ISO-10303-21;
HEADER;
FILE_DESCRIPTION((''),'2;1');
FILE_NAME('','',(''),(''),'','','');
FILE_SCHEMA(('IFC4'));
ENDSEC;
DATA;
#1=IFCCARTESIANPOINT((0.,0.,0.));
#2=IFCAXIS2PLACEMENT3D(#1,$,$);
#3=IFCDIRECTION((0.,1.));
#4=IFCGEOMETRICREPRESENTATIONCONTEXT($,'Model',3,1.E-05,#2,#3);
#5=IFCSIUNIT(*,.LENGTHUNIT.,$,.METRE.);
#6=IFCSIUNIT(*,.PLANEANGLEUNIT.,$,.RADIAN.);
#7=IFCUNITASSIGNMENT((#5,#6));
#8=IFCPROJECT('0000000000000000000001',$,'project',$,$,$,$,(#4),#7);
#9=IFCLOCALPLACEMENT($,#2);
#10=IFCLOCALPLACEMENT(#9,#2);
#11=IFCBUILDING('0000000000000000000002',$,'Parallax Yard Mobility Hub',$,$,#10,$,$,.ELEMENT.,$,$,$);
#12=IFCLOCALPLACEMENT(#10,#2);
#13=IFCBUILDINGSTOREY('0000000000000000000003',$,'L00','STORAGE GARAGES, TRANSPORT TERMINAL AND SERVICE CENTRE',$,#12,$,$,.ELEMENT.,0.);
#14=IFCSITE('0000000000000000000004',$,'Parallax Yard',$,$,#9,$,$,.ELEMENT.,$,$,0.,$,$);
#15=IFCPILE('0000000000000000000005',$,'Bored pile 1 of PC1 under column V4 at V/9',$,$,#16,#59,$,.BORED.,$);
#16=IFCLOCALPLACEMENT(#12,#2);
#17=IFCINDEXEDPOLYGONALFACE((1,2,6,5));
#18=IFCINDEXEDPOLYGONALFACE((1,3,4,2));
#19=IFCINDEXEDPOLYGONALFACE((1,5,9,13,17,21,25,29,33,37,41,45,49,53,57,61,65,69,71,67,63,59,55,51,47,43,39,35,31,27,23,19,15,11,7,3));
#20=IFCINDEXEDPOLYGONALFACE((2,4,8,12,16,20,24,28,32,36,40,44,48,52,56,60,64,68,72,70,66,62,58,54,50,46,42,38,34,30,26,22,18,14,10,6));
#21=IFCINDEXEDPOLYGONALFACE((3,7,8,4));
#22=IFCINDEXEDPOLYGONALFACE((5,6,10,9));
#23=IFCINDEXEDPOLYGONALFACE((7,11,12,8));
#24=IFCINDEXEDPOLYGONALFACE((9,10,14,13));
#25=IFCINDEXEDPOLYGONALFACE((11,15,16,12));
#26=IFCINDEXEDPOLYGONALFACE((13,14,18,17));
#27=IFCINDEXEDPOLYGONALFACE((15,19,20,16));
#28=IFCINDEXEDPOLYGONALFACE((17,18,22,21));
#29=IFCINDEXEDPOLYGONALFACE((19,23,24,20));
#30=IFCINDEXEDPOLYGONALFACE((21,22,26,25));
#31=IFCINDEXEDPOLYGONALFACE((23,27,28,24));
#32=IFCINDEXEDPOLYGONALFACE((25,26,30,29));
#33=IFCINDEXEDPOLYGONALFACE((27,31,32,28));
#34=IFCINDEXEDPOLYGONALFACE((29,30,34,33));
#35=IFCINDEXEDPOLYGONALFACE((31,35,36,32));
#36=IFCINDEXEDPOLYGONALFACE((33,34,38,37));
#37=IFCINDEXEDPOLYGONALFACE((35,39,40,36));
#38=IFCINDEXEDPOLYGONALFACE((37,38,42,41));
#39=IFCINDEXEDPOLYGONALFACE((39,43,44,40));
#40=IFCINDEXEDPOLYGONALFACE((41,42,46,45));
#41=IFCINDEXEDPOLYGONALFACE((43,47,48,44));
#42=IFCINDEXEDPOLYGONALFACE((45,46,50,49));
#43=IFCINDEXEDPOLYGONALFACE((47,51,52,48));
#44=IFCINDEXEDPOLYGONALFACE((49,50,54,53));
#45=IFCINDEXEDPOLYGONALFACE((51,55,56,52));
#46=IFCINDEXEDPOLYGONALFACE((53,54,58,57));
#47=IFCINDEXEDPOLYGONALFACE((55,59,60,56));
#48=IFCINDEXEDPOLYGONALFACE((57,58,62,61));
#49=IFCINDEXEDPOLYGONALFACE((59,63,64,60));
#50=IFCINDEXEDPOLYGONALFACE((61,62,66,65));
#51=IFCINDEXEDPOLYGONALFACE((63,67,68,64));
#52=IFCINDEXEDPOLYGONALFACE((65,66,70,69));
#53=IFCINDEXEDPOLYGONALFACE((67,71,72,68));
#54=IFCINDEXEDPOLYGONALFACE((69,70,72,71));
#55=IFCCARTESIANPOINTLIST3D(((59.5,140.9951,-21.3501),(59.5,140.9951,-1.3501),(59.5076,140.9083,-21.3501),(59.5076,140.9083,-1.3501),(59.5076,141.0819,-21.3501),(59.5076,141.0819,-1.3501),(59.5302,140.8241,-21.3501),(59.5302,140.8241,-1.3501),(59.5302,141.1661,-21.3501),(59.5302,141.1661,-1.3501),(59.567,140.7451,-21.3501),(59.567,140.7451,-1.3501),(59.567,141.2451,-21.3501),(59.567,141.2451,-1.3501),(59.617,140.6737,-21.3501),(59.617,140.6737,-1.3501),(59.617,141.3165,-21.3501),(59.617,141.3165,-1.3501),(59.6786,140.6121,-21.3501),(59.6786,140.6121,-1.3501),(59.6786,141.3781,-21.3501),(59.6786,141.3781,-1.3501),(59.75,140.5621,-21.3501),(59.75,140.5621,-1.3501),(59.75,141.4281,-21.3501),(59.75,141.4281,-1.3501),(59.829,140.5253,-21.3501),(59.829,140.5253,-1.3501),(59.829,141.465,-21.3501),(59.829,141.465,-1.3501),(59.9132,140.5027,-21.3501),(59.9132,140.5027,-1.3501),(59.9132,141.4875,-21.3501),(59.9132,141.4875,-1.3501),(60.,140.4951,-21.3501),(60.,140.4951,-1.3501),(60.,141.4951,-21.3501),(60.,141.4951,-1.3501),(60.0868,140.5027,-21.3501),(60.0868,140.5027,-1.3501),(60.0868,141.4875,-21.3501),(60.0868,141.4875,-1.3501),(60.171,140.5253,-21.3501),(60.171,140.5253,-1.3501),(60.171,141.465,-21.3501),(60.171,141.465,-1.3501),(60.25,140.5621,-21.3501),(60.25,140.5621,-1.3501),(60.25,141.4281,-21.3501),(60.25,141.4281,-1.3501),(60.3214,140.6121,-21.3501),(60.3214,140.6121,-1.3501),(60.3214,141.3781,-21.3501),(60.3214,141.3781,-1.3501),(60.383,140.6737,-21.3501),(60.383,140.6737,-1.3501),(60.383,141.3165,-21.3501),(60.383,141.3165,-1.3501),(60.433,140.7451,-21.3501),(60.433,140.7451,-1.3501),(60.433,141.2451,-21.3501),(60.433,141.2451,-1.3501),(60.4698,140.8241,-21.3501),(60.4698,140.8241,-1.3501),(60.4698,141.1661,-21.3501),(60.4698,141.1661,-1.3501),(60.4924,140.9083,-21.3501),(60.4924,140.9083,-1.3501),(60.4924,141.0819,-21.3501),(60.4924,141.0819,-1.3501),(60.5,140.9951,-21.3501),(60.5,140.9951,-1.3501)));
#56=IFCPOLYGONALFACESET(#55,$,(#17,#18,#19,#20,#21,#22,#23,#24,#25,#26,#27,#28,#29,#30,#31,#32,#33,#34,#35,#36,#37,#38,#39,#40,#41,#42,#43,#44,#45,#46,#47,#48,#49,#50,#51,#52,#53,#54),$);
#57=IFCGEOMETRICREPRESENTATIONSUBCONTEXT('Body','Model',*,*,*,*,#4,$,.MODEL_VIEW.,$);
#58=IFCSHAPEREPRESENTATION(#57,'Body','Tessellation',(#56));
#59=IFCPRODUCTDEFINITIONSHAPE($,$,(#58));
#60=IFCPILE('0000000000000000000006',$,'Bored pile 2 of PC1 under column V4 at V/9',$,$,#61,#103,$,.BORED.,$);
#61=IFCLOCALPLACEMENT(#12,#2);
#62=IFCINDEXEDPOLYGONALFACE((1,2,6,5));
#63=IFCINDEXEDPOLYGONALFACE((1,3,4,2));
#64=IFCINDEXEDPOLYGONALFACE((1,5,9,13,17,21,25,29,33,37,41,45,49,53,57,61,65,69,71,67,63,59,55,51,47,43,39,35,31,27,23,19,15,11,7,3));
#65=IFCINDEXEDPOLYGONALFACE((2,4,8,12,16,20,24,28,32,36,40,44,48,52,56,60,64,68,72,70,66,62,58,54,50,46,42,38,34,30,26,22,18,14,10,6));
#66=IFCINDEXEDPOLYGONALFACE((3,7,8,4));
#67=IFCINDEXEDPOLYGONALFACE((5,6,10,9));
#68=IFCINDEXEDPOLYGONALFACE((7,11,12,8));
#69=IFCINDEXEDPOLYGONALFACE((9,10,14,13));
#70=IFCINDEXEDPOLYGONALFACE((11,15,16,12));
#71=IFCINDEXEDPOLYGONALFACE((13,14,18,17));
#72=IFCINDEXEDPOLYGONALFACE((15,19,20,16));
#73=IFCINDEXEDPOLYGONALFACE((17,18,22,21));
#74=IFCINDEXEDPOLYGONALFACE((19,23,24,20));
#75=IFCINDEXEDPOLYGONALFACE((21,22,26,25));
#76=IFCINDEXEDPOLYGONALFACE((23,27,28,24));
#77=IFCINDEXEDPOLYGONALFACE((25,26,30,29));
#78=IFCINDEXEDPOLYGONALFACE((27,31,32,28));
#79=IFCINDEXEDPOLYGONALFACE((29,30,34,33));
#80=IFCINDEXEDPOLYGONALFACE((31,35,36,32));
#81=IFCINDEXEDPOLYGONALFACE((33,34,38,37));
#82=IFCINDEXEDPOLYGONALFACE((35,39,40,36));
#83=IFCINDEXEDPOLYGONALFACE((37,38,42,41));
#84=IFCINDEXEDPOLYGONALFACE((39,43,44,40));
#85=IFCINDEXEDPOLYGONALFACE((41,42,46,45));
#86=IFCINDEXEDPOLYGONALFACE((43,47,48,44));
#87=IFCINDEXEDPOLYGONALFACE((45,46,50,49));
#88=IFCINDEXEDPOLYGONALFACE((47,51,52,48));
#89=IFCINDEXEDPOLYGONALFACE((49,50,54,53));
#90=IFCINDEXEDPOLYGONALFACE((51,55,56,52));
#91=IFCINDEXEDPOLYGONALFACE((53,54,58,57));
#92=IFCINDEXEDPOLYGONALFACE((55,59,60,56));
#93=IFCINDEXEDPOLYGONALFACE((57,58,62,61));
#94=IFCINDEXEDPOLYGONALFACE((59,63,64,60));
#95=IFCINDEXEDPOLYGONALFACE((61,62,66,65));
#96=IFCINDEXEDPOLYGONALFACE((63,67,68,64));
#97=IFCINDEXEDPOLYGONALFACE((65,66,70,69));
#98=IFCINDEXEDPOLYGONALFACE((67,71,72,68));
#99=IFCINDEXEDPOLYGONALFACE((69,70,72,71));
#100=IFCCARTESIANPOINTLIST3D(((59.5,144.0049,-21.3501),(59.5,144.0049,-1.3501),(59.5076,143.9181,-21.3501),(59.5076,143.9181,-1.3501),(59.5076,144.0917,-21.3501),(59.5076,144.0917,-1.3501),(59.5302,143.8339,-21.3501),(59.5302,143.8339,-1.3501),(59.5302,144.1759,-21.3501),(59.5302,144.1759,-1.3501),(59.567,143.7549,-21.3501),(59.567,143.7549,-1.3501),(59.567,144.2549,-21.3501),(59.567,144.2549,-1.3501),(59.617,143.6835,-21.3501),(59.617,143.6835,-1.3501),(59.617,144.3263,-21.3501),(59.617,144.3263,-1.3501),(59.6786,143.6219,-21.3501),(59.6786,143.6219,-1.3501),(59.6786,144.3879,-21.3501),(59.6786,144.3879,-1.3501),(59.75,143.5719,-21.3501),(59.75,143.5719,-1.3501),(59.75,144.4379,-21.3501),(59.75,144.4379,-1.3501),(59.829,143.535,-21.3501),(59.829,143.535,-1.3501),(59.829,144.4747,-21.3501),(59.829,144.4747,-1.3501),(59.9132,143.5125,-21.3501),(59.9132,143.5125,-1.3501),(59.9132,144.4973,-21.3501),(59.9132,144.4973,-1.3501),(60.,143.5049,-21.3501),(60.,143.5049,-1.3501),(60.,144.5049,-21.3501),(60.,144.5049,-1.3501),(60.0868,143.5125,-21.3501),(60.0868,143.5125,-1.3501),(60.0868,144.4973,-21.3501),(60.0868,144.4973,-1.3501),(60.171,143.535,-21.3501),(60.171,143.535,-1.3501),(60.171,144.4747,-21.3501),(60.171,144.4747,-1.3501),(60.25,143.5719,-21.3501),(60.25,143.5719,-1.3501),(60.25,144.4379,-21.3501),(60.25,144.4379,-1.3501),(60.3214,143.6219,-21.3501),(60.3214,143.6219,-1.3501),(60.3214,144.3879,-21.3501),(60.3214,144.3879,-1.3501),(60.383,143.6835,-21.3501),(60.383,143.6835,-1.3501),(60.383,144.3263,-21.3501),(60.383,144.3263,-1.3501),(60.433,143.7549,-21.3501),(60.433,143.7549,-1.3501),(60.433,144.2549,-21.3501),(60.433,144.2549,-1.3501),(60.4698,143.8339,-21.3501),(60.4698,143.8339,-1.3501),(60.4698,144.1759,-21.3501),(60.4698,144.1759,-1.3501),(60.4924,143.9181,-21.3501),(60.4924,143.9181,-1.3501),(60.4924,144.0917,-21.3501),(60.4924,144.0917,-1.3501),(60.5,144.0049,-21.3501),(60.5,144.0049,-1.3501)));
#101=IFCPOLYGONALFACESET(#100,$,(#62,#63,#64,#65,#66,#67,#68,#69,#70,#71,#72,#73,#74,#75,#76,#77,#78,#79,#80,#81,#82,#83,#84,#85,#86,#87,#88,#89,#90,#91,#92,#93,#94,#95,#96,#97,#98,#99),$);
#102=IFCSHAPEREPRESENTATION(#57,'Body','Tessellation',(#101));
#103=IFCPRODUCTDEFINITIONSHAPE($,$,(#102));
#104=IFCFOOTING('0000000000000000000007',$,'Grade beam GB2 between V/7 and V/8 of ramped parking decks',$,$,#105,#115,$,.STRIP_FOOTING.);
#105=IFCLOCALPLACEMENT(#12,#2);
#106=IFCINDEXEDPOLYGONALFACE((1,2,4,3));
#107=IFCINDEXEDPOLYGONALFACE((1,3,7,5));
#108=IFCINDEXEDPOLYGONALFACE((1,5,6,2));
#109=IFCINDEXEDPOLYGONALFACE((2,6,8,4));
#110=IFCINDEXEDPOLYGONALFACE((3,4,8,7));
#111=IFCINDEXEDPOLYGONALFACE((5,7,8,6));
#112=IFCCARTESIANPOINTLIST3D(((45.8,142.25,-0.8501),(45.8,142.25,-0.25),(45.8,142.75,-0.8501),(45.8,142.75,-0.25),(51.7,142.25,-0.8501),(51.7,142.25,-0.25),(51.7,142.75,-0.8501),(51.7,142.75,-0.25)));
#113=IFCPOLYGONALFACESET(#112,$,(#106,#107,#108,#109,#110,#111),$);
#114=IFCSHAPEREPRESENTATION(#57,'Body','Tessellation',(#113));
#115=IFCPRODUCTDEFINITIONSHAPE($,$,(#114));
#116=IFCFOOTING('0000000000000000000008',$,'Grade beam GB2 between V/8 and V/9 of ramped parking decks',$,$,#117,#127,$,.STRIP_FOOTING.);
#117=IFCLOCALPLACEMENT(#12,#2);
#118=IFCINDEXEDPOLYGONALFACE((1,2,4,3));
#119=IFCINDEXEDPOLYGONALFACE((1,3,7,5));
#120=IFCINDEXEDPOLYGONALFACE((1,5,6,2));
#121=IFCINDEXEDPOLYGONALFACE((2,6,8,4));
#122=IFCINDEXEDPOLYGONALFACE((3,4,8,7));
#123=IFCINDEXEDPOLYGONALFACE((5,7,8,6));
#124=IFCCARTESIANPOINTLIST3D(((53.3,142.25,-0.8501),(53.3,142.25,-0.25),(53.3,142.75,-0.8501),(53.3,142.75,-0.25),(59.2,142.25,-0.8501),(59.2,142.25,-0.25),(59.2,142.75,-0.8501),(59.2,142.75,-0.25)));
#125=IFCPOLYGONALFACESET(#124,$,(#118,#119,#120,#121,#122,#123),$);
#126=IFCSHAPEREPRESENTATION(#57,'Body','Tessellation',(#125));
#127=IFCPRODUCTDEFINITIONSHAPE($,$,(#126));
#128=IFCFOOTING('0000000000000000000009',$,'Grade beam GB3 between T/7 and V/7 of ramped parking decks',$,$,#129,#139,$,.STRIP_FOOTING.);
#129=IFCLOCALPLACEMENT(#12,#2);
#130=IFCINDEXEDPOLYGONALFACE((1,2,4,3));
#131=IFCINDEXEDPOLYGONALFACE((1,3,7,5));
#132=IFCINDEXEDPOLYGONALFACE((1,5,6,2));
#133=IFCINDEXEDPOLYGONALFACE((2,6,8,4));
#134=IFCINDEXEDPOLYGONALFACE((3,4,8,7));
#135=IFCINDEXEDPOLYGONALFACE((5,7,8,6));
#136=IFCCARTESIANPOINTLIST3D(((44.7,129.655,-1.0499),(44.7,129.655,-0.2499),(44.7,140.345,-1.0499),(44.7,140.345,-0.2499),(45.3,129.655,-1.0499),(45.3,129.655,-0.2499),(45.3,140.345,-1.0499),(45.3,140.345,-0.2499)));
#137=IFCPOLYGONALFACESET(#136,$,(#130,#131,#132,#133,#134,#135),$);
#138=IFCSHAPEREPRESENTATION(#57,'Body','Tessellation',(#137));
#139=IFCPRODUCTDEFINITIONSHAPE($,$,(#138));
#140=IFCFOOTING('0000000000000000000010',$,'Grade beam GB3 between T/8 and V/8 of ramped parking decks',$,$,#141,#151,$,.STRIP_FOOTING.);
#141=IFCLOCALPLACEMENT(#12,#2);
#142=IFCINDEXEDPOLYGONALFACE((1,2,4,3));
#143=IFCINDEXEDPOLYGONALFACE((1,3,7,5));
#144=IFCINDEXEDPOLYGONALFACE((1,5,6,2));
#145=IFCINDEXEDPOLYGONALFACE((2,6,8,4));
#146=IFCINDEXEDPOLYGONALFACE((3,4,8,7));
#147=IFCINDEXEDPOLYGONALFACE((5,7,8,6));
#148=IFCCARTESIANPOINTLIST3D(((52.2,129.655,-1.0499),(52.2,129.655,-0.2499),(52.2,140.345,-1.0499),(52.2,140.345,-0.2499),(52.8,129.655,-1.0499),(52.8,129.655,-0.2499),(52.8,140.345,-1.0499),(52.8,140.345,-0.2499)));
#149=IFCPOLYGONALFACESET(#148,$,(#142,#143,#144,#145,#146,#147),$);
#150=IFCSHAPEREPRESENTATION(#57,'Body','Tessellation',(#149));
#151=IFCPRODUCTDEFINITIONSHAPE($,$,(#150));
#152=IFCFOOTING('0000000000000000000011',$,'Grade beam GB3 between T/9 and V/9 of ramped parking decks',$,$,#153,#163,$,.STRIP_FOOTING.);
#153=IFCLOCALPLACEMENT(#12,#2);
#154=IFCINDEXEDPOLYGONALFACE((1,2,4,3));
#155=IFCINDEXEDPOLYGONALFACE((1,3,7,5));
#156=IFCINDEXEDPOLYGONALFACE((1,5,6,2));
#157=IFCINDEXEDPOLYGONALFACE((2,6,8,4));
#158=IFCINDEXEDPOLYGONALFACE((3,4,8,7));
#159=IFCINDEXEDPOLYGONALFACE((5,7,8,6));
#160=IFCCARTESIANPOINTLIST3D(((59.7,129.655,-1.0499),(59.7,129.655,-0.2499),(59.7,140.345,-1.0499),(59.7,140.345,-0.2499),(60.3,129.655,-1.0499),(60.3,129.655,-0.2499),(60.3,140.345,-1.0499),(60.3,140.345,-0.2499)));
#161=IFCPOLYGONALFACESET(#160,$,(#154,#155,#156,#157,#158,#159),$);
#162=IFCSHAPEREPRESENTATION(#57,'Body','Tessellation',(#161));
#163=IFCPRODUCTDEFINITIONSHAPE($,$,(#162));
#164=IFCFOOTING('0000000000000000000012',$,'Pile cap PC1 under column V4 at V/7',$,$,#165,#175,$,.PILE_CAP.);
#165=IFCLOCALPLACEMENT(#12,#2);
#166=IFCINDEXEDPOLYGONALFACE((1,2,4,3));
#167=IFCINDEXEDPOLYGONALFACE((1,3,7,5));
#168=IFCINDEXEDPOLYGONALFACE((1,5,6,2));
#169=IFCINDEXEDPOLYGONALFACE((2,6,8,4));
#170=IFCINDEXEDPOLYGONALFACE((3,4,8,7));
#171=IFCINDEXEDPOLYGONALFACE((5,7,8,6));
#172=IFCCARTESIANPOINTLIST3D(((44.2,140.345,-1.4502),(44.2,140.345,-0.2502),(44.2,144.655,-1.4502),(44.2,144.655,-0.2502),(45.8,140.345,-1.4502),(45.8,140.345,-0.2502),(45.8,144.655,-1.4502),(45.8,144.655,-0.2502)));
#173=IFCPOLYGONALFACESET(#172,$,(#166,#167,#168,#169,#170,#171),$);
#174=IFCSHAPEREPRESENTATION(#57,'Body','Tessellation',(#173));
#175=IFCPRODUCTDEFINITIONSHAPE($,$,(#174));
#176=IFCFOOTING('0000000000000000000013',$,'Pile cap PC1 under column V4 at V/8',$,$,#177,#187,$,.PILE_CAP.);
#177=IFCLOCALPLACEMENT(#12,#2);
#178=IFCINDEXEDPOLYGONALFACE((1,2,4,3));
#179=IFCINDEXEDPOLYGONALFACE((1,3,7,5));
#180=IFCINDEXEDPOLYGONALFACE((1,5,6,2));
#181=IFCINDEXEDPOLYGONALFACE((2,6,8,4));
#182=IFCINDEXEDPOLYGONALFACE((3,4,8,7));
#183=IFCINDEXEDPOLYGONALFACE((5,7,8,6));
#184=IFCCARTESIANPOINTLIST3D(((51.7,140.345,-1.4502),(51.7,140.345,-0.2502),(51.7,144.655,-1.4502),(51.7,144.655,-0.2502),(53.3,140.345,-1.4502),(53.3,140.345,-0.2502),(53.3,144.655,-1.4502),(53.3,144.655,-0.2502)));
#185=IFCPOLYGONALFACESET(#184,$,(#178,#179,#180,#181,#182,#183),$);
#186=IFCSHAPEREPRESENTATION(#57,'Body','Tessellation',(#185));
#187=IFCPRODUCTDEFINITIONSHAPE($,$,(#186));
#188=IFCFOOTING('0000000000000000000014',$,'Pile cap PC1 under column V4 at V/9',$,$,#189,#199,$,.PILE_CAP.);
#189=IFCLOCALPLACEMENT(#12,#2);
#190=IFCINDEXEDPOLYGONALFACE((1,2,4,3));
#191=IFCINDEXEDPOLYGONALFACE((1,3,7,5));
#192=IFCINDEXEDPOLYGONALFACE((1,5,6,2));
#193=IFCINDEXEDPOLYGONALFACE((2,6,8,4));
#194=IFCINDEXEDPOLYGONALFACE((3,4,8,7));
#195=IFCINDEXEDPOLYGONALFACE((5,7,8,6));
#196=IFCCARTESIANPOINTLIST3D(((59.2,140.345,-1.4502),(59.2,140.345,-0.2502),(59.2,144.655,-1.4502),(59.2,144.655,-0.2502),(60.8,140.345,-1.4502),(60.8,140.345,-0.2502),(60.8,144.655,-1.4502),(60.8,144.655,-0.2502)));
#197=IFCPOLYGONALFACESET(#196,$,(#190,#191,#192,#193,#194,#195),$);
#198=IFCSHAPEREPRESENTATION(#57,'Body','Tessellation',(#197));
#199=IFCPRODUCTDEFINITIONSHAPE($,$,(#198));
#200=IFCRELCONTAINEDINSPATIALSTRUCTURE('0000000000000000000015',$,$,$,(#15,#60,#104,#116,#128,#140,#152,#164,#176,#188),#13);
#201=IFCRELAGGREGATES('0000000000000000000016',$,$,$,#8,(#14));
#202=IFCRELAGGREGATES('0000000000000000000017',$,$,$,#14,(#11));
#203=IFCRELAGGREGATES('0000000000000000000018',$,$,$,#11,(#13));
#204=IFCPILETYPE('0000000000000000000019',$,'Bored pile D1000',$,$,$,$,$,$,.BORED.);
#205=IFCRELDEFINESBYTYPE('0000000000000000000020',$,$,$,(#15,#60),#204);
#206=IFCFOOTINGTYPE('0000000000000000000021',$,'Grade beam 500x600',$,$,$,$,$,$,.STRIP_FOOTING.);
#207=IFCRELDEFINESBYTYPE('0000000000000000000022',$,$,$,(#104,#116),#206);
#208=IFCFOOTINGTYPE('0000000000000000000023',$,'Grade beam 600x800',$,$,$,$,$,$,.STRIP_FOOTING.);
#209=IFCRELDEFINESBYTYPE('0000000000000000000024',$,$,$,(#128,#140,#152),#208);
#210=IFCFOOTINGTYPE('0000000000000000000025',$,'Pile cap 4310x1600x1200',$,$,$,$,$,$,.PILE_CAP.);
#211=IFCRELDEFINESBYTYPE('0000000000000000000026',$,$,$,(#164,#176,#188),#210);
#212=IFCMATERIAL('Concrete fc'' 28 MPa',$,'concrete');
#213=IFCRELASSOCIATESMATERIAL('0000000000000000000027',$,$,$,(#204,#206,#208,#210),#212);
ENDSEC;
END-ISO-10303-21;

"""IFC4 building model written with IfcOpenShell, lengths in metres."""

from ifc_helpers import new_model, si_unit, direction, frame, origin, origin_2d, place, context, subcontext, project, spatial, rectangle, circle, extrude, material, material_profile, profile_set, type_object, element, save


model = new_model("IFC4")

# Units and contexts
model_context = context("Model", 3, precision=1e-05, world=origin(), true_north=direction((0.0, 1.0)))
body_context = subcontext(model_context, "Body", "Model", "MODEL_VIEW")
ifc_project = project(units=[si_unit("LENGTHUNIT", "METRE"), si_unit("PLANEANGLEUNIT", "RADIAN")], contexts=[model_context])

# Site, building, storey
site_placement = place(None, origin())
site = spatial("IfcSite", under=ifc_project, at=site_placement, Name="Parallax Yard", CompositionType="ELEMENT", RefElevation=0.0)
building_placement = place(site_placement, origin())
building = spatial("IfcBuilding", under=site, at=building_placement, Name="Parallax Yard Mobility Hub", CompositionType="ELEMENT")
storey_placement = place(building_placement, origin())
storey = spatial("IfcBuildingStorey", under=building, at=storey_placement, Name="L00", Description="STORAGE GARAGES, TRANSPORT TERMINAL AND SERVICE CENTRE", CompositionType="ELEMENT", Elevation=0.0)

# Piles
ifc_material_1 = material(Name="Concrete fc' 28 MPa", Category="concrete")
ifc_material_profile_1 = material_profile(ifc_material_1, circle(Radius=0.5, at=origin_2d()), Name="Bored pile D1000")
ifc_profile_set_1 = profile_set([ifc_material_profile_1], Name="Concrete fc' 28 MPa")
pile_type = type_object("IfcPileType", Name="Bored pile D1000", PredefinedType="BORED", material=ifc_profile_set_1)
for number, where, z_axis, x_axis, name in (
    (1, (60.0, 140.9951, -1.3501), (0.0, 0.0, -1.0), (1.0, 0.0, 0.0), "Bored pile 1 of PC1 under column V4 at V/9"),
    (2, (60.0, 144.0049, -1.3501), (0.0, 0.0, -1.0), (1.0, 0.0, 0.0), "Bored pile 2 of PC1 under column V4 at V/9"),
):
    element("IfcPile", number, at=place(storey_placement, frame(where, z_axis=z_axis, x_axis=x_axis)), inside=storey, type_object=pile_type, Name=name, PredefinedType="BORED", context=body_context, shape_type="SweptSolid", body=[
        extrude(circle(Radius=0.5, at=origin_2d()), origin(), (0.0, 0.0, 1.0), 20.0),
    ])

# Footings
ifc_material_profile_2 = material_profile(ifc_material_1, rectangle(XDim=0.5, YDim=0.6001, at=origin_2d()), Name="Grade beam 500x600")
ifc_profile_set_2 = profile_set([ifc_material_profile_2], Name="Concrete fc' 28 MPa")
footing_type_1 = type_object("IfcFootingType", Name="Grade beam 500x600", PredefinedType="STRIP_FOOTING", material=ifc_profile_set_2)
for number, where, z_axis, x_axis, name in (
    (3, (45.8, 142.5, -0.55), (1.0, 0.0, 0.0), (0.0, 1.0, 0.0), "Grade beam GB2 between V/7 and V/8 of ramped parking decks"),
    (4, (53.3, 142.5, -0.55), (1.0, 0.0, 0.0), (0.0, 1.0, 0.0), "Grade beam GB2 between V/8 and V/9 of ramped parking decks"),
):
    element("IfcFooting", number, at=place(storey_placement, frame(where, z_axis=z_axis, x_axis=x_axis)), inside=storey, type_object=footing_type_1, Name=name, PredefinedType="STRIP_FOOTING", context=body_context, shape_type="SweptSolid", body=[
        extrude(rectangle(XDim=0.5, YDim=0.6001, at=origin_2d()), origin(), (0.0, 0.0, 1.0), 5.8999),
    ])
ifc_material_profile_3 = material_profile(ifc_material_1, rectangle(XDim=0.6001, YDim=0.8, at=origin_2d()), Name="Grade beam 600x800")
ifc_profile_set_3 = profile_set([ifc_material_profile_3], Name="Concrete fc' 28 MPa")
footing_type_2 = type_object("IfcFootingType", Name="Grade beam 600x800", PredefinedType="STRIP_FOOTING", material=ifc_profile_set_3)
for number, where, z_axis, x_axis, name in (
    (5, (45.0, 129.655, -0.6499), (0.0, 1.0, 0.0), (-1.0, 0.0, 0.0), "Grade beam GB3 between T/7 and V/7 of ramped parking decks"),
    (6, (52.5, 129.655, -0.6499), (0.0, 1.0, 0.0), (-1.0, 0.0, 0.0), "Grade beam GB3 between T/8 and V/8 of ramped parking decks"),
    (7, (60.0, 129.655, -0.6499), (0.0, 1.0, 0.0), (-1.0, 0.0, 0.0), "Grade beam GB3 between T/9 and V/9 of ramped parking decks"),
):
    element("IfcFooting", number, at=place(storey_placement, frame(where, z_axis=z_axis, x_axis=x_axis)), inside=storey, type_object=footing_type_2, Name=name, PredefinedType="STRIP_FOOTING", context=body_context, shape_type="SweptSolid", body=[
        extrude(rectangle(XDim=0.6001, YDim=0.8, at=origin_2d()), origin(), (0.0, 0.0, 1.0), 10.6899),
    ])
footing_type_3 = type_object("IfcFootingType", Name="Pile cap 4310x1600x1200", PredefinedType="PILE_CAP", material=ifc_material_1)
for number, where, z_axis, x_axis, name in (
    (8, (45.0, 142.5, -1.4502), (0.0, 0.0, 1.0), (0.0, 1.0, 0.0), "Pile cap PC1 under column V4 at V/7"),
    (9, (52.5, 142.5, -1.4502), (0.0, 0.0, 1.0), (0.0, 1.0, 0.0), "Pile cap PC1 under column V4 at V/8"),
    (10, (60.0, 142.5, -1.4502), (0.0, 0.0, 1.0), (0.0, 1.0, 0.0), "Pile cap PC1 under column V4 at V/9"),
):
    element("IfcFooting", number, at=place(storey_placement, frame(where, z_axis=z_axis, x_axis=x_axis)), inside=storey, type_object=footing_type_3, Name=name, PredefinedType="PILE_CAP", context=body_context, shape_type="SweptSolid", body=[
        extrude(rectangle(XDim=4.3101, YDim=1.6001, at=origin_2d()), origin(), (0.0, 0.0, 1.0), 1.2),
    ])

save(model, "model.ifc")
